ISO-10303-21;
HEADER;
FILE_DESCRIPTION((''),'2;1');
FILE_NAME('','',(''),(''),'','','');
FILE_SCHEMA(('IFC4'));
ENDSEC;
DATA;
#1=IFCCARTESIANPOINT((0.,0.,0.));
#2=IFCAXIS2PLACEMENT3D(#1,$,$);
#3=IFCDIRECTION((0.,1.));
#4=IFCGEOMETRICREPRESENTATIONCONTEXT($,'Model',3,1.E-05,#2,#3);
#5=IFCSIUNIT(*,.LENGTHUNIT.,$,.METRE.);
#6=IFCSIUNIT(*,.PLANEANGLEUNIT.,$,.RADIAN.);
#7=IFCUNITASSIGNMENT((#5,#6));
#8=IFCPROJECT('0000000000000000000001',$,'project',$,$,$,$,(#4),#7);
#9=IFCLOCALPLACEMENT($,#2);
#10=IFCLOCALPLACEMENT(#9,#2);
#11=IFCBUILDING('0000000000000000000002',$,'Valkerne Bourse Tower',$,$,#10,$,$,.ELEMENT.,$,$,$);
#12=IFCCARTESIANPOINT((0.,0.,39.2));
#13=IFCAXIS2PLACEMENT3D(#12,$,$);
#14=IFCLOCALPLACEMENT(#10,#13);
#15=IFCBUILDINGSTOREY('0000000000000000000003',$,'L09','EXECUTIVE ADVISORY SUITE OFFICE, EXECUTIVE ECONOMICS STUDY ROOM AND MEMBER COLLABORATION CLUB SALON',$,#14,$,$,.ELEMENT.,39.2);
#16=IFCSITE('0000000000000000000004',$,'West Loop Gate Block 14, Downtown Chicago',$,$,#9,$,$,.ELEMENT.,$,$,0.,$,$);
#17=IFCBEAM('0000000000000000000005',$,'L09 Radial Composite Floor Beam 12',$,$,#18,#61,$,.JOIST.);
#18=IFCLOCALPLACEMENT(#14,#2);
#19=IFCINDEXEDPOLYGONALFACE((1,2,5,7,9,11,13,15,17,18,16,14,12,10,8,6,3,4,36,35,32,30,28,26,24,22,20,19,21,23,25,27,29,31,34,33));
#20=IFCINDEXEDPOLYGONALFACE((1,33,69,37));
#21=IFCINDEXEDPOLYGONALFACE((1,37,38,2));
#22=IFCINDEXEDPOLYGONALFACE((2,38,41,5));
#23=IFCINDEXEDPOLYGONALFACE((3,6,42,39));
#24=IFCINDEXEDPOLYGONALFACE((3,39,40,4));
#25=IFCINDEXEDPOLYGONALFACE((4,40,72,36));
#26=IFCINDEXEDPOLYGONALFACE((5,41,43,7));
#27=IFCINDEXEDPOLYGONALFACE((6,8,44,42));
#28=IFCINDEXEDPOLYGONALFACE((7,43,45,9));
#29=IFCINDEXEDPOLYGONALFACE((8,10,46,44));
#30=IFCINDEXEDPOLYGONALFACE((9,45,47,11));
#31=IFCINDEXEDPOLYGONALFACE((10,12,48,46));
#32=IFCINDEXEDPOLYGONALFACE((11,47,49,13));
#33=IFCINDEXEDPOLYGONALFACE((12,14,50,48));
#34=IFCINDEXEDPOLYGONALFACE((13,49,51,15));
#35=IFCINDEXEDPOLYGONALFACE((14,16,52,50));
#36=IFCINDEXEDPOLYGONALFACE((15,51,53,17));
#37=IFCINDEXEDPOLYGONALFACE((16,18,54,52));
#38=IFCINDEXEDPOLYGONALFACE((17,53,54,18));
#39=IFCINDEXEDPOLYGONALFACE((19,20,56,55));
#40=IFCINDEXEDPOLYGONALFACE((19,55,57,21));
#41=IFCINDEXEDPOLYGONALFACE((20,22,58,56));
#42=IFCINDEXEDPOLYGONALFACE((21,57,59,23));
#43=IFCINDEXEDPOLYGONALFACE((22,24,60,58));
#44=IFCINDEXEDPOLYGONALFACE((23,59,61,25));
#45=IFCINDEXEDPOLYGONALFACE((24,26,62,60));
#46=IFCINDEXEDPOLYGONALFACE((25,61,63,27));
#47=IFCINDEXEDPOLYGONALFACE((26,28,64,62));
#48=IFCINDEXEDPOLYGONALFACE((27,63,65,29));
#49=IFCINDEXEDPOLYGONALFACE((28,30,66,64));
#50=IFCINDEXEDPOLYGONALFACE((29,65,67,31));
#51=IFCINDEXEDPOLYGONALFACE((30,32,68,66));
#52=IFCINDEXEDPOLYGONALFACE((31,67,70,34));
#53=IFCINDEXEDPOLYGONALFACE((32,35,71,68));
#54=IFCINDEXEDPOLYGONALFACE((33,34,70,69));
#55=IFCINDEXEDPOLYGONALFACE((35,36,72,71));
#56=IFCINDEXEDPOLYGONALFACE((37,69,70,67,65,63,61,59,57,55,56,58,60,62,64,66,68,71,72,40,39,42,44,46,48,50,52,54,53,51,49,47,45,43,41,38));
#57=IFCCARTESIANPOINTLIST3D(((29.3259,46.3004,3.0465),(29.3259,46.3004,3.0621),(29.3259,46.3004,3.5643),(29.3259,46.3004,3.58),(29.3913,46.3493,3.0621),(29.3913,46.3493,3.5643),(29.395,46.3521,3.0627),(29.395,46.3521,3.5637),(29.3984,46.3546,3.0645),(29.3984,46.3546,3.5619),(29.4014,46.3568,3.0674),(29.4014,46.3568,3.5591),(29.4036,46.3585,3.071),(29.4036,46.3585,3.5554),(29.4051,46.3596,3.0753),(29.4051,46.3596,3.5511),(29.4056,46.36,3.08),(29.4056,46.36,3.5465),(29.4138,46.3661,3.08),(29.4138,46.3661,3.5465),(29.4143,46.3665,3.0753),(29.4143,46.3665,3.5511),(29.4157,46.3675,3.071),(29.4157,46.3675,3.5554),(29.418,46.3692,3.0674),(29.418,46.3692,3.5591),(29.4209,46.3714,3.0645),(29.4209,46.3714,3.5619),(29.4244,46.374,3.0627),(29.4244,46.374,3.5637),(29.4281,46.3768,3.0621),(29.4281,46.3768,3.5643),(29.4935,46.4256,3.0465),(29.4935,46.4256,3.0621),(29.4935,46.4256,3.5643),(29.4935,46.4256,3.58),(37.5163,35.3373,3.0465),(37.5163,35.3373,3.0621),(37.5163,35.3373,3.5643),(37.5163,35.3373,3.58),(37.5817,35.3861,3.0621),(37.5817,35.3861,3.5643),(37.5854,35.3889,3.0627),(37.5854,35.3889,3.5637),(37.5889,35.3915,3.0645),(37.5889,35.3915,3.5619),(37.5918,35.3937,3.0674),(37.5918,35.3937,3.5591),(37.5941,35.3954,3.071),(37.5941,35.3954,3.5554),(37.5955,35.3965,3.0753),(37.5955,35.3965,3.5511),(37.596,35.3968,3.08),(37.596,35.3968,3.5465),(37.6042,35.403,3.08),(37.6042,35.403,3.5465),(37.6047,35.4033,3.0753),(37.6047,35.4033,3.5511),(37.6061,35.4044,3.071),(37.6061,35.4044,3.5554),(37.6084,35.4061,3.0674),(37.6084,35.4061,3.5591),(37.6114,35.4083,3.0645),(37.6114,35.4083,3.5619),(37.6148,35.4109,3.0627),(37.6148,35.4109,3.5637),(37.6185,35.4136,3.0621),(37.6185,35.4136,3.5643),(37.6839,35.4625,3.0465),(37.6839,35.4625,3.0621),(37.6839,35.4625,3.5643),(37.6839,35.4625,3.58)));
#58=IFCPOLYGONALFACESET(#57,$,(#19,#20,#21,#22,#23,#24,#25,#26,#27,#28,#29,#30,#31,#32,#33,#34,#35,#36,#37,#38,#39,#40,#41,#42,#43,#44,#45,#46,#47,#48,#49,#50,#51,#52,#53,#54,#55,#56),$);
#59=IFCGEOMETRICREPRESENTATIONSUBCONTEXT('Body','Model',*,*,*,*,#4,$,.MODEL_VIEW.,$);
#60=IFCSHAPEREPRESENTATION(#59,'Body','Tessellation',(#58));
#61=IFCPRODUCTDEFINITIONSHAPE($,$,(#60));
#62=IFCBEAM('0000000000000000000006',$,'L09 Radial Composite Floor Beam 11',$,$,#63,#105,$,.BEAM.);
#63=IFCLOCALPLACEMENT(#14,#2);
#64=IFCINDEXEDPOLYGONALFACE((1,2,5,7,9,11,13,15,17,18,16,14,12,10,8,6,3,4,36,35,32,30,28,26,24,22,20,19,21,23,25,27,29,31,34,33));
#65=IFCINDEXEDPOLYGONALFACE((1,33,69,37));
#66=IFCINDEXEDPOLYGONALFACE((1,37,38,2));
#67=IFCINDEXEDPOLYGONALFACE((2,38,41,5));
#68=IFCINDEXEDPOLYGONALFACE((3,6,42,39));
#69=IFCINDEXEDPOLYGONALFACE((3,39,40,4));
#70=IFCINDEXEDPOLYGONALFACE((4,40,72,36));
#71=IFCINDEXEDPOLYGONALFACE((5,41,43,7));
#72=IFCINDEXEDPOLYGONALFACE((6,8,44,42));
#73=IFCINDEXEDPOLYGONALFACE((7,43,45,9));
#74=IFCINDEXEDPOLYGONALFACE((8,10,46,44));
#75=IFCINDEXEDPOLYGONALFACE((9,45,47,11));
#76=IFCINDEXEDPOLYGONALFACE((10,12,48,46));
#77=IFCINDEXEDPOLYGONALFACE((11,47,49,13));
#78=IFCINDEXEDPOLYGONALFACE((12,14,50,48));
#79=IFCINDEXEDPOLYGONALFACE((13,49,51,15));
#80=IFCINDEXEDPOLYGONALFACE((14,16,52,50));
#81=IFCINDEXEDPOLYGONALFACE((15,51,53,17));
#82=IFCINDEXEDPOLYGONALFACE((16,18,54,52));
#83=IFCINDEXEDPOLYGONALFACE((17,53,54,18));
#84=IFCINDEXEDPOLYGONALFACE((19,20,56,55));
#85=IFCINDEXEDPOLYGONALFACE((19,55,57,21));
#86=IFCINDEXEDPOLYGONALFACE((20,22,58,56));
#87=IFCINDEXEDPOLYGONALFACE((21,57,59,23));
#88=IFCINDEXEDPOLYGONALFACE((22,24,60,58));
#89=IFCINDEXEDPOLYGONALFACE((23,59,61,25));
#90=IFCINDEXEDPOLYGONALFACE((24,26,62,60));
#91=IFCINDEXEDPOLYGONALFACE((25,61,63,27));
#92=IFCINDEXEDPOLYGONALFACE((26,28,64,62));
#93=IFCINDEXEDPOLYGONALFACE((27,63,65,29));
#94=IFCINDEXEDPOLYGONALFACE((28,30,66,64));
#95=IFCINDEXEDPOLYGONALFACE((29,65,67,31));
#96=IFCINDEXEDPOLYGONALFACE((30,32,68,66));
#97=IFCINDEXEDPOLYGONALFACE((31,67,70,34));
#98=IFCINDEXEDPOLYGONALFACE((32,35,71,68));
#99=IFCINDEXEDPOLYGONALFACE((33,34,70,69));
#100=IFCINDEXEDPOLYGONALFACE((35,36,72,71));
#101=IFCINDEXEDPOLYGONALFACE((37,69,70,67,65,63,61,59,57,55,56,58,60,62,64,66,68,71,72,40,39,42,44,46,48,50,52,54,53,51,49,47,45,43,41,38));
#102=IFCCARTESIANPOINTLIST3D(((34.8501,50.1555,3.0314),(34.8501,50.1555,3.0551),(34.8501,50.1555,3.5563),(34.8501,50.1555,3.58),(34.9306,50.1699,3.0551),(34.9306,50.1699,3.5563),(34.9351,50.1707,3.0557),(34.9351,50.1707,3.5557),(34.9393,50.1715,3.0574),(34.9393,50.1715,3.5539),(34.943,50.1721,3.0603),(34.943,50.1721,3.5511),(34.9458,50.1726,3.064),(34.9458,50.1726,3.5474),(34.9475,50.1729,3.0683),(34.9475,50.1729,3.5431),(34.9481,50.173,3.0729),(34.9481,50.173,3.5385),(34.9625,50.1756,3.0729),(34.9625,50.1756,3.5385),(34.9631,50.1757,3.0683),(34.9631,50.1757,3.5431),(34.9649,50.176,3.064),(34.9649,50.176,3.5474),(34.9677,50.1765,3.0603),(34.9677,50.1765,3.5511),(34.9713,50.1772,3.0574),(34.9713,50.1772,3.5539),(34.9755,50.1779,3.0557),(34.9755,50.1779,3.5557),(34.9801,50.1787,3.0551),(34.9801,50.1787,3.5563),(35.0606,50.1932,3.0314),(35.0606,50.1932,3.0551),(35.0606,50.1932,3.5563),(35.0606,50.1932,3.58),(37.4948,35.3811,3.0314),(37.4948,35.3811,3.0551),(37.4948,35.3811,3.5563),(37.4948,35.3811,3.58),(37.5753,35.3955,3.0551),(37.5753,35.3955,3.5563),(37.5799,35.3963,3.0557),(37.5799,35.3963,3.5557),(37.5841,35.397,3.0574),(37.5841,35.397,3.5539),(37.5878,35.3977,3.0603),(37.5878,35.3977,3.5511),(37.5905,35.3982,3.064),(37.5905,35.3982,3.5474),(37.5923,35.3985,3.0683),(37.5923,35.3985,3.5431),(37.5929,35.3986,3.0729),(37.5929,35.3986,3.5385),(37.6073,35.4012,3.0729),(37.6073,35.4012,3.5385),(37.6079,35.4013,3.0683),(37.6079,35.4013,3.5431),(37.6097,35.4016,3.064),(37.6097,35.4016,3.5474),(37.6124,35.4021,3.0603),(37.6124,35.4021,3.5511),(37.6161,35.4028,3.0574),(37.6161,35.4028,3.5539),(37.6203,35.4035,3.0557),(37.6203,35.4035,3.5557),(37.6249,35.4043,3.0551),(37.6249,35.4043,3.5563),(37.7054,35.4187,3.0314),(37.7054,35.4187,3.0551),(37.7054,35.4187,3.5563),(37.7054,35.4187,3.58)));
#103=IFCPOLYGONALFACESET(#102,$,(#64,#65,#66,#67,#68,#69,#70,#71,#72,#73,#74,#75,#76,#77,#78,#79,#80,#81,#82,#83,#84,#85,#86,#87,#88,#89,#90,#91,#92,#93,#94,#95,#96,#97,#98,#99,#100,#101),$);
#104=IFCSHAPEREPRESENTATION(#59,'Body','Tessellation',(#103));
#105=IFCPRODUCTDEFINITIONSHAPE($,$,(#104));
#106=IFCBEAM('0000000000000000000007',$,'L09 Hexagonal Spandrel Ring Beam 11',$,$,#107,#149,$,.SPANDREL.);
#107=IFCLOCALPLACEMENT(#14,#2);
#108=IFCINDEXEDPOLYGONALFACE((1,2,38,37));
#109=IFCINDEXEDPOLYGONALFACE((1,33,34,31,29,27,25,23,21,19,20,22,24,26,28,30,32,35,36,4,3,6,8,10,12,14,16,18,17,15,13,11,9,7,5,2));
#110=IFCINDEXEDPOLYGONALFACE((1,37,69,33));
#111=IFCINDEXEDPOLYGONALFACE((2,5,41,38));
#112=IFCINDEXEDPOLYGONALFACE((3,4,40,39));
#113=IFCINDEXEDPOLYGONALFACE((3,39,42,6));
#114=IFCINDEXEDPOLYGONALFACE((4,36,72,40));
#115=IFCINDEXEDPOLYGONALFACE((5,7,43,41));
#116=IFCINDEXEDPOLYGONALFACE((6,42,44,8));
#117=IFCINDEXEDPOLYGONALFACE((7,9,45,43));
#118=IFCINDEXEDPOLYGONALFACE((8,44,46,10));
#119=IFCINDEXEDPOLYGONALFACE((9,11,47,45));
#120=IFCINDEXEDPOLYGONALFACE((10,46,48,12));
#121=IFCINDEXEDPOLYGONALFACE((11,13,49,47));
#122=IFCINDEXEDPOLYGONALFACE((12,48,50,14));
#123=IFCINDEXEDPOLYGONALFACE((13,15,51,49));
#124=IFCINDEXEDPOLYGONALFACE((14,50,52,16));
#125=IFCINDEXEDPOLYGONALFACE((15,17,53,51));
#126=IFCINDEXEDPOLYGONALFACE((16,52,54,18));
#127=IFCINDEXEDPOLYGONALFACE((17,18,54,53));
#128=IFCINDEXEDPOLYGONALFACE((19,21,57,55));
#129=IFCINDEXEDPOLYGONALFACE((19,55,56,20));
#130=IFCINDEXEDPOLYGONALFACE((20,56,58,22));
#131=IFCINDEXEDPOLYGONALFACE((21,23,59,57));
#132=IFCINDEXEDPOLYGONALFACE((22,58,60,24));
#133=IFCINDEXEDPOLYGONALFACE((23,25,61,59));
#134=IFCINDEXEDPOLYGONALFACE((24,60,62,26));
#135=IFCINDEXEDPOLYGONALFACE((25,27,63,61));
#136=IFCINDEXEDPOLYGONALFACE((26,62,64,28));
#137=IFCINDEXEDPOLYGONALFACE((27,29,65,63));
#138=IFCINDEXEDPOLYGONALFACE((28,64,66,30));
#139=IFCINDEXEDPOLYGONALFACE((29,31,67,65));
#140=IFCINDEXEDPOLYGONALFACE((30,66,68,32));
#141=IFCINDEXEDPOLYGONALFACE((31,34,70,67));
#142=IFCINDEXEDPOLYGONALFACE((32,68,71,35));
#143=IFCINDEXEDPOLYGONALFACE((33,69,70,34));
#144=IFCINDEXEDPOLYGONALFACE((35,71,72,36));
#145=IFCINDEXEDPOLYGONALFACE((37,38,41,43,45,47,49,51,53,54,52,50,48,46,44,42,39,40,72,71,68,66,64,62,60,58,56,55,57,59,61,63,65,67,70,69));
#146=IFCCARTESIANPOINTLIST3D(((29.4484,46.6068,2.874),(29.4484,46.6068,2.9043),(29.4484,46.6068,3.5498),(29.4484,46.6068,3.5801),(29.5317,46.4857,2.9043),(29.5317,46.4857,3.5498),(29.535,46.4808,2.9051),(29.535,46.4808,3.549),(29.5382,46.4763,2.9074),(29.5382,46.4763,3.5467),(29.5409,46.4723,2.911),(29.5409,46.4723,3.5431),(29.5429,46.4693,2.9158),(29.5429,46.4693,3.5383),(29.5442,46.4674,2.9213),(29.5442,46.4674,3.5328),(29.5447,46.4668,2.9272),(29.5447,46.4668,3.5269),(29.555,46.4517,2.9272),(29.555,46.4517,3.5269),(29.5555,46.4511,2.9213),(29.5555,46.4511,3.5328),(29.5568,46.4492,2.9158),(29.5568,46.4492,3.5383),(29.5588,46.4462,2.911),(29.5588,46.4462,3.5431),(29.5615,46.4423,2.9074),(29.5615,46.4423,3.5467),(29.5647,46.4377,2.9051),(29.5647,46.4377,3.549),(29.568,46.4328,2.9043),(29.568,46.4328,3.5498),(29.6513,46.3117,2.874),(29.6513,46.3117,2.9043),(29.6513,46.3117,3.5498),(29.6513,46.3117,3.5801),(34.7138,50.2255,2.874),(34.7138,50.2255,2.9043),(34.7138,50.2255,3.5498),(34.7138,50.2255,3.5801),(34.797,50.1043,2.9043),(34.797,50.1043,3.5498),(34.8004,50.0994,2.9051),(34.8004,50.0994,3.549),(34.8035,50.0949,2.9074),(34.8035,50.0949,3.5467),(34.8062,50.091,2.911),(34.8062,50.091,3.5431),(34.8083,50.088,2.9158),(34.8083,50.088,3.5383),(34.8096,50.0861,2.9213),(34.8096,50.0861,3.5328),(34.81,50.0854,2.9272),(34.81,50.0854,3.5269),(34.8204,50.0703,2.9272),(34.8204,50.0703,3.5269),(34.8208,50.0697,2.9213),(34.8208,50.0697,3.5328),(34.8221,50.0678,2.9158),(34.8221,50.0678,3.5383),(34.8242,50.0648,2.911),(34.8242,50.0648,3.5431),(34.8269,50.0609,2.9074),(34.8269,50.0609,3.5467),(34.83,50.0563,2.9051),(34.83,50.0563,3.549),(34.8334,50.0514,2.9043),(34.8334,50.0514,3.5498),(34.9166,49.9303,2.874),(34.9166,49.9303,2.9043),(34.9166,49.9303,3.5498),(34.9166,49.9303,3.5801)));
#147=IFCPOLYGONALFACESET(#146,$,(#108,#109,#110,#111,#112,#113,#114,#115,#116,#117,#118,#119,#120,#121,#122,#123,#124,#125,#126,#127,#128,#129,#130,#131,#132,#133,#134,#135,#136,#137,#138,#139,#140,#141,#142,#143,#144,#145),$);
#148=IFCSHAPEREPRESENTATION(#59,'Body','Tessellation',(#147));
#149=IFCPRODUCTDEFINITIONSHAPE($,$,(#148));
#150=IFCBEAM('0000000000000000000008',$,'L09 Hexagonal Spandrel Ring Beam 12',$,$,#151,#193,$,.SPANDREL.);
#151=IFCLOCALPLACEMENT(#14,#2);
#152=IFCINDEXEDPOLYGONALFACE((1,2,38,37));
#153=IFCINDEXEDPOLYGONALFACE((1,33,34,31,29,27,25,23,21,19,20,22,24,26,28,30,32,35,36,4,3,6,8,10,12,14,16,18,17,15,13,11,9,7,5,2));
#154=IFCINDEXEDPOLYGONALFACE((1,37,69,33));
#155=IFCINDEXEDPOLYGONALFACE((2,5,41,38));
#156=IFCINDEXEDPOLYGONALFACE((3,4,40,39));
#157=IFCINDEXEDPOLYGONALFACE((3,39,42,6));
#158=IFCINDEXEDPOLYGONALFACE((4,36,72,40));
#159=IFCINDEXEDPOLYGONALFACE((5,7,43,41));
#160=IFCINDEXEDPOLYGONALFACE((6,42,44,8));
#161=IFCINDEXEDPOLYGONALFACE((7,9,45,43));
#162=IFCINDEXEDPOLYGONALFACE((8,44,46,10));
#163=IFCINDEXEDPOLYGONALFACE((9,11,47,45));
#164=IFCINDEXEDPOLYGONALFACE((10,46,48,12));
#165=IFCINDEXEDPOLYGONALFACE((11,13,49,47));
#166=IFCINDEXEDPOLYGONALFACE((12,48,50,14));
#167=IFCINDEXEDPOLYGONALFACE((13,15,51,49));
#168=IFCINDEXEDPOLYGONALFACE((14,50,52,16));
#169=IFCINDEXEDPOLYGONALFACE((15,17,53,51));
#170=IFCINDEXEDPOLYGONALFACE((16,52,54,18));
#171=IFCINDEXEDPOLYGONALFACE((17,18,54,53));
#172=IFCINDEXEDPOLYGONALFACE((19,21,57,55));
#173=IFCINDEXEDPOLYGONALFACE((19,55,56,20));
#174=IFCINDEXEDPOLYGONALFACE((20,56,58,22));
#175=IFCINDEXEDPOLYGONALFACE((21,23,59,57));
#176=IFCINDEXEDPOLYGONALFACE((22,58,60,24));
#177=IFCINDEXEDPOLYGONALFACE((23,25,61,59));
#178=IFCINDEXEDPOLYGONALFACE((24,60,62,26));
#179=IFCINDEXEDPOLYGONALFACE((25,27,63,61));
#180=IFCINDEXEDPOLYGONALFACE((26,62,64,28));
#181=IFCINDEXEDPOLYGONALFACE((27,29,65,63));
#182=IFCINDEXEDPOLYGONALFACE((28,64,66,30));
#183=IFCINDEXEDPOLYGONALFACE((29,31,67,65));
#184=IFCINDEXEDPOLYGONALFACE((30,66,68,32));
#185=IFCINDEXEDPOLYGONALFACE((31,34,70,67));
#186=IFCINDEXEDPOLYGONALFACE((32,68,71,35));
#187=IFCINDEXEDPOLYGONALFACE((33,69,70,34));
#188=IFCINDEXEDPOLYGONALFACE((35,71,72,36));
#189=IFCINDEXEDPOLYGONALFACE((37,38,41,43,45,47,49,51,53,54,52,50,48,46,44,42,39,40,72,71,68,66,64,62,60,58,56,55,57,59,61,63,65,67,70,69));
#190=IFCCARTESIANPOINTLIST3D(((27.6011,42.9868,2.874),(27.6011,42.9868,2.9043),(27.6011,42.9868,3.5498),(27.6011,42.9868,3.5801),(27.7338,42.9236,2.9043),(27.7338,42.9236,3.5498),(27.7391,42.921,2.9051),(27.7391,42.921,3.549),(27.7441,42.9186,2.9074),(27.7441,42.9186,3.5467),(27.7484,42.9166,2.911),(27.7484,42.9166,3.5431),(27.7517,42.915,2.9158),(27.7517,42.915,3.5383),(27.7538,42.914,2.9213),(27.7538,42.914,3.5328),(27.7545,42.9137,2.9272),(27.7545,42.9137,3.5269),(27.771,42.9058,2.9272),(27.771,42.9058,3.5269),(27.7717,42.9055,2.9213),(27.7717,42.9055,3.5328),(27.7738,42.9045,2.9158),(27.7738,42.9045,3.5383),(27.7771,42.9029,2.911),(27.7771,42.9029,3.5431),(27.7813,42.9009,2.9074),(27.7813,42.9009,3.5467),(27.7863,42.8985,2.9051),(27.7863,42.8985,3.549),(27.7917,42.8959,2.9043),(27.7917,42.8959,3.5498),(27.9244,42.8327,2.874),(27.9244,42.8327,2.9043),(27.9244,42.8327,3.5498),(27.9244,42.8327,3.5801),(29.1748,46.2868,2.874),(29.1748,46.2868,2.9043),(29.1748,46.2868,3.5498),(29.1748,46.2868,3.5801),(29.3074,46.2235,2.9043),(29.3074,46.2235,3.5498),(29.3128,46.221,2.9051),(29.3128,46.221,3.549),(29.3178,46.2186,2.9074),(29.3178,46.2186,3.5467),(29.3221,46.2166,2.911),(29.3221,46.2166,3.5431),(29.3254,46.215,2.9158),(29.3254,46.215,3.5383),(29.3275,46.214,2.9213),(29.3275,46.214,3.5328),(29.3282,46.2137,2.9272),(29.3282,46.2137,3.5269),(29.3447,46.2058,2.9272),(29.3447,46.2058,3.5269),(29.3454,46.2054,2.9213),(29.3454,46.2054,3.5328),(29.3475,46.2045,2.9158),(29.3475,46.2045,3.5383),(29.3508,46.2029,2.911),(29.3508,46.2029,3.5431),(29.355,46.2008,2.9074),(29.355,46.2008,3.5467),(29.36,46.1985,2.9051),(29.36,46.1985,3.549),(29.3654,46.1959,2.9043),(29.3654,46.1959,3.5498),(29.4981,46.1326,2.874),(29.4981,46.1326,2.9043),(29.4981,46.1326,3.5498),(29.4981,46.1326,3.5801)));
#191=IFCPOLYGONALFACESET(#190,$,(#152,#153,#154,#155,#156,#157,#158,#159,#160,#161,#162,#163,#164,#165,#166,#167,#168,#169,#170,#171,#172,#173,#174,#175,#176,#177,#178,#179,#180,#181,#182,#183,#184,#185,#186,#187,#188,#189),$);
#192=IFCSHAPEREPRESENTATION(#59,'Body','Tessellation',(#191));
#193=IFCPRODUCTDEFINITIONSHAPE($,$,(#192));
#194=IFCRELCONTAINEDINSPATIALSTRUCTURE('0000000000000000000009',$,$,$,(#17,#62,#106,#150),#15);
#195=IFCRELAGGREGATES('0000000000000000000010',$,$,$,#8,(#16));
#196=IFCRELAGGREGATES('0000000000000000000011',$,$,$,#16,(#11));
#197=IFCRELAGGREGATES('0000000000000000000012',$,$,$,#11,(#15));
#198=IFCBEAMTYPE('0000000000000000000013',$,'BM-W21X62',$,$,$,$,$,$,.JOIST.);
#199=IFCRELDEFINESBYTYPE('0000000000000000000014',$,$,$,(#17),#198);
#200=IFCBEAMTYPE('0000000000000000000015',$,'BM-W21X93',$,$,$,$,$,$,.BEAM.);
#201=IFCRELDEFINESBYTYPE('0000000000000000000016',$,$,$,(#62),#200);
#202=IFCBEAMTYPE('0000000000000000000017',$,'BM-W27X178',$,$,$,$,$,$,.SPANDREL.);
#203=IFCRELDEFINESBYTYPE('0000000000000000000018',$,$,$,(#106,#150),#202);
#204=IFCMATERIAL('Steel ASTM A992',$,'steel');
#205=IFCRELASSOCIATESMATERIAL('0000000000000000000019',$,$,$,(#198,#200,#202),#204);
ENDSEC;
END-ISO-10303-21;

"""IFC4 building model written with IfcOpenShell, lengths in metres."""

from ifc_helpers import new_model, si_unit, direction, frame, origin, origin_2d, place, context, subcontext, project, spatial, i_section, extrude, material, material_profile, profile_set, type_object, element, save


model = new_model("IFC4")

# Units and contexts
model_context = context("Model", 3, precision=1e-05, world=origin(), true_north=direction((0.0, 1.0)))
body_context = subcontext(model_context, "Body", "Model", "MODEL_VIEW")
ifc_project = project(units=[si_unit("LENGTHUNIT", "METRE"), si_unit("PLANEANGLEUNIT", "RADIAN")], contexts=[model_context])

# Site, building, storey
site_placement = place(None, origin())
site = spatial("IfcSite", under=ifc_project, at=site_placement, Name="West Loop Gate Block 14, Downtown Chicago", CompositionType="ELEMENT", RefElevation=0.0)
building_placement = place(site_placement, origin())
building = spatial("IfcBuilding", under=site, at=building_placement, Name="Valkerne Bourse Tower", CompositionType="ELEMENT")
storey_placement = place(building_placement, frame((0.0, 0.0, 39.2)))
storey = spatial("IfcBuildingStorey", under=building, at=storey_placement, Name="L09", Description="EXECUTIVE ADVISORY SUITE OFFICE, EXECUTIVE ECONOMICS STUDY ROOM AND MEMBER COLLABORATION CLUB SALON", CompositionType="ELEMENT", Elevation=39.2)

# Beams
ifc_material_1 = material(Name="Steel ASTM A992", Category="steel")
ifc_material_profile_1 = material_profile(ifc_material_1, i_section(OverallWidth=0.2092, OverallDepth=0.5334, WebThickness=0.0103, FlangeThickness=0.0156, FilletRadius=0.0178, at=origin_2d()), Name="W21X62")
ifc_profile_set_1 = profile_set([ifc_material_profile_1], Name="Steel ASTM A992")
beam_type_1 = type_object("IfcBeamType", Name="BM-W21X62", PredefinedType="JOIST", material=ifc_profile_set_1)
beam_1_placement = place(storey_placement, frame((29.4097, 46.363, 3.3132), z_axis=(0.598506, -0.801118, 0.0), x_axis=(0.801118, 0.598506, 0.0)))
element("IfcBeam", 1, at=beam_1_placement, inside=storey, type_object=beam_type_1, Name="L09 Radial Composite Floor Beam 12", PredefinedType="JOIST", context=body_context, shape_type="SweptSolid", body=[
    extrude(i_section(OverallWidth=0.2092, OverallDepth=0.5334, WebThickness=0.0103, FlangeThickness=0.0156, FilletRadius=0.0178, at=origin_2d()), origin(), (0.0, 0.0, 1.0), 13.6848),
])
ifc_material_profile_2 = material_profile(ifc_material_1, i_section(OverallWidth=0.2139, OverallDepth=0.5486, WebThickness=0.0146, FlangeThickness=0.0237, FilletRadius=0.0178, at=origin_2d()), Name="W21X93")
ifc_profile_set_2 = profile_set([ifc_material_profile_2], Name="Steel ASTM A992")
beam_type_2 = type_object("IfcBeamType", Name="BM-W21X93", PredefinedType="BEAM", material=ifc_profile_set_2)
beam_2_placement = place(storey_placement, frame((34.9553, 50.1743, 3.3057), z_axis=(0.176209, -0.984353, 0.0), x_axis=(0.984353, 0.176209, 0.0)))
element("IfcBeam", 2, at=beam_2_placement, inside=storey, type_object=beam_type_2, Name="L09 Radial Composite Floor Beam 11", PredefinedType="BEAM", context=body_context, shape_type="SweptSolid", body=[
    extrude(i_section(OverallWidth=0.2139, OverallDepth=0.5486, WebThickness=0.0146, FlangeThickness=0.0237, FilletRadius=0.0178, at=origin_2d()), origin(), (0.0, 0.0, 1.0), 15.0093),
])
ifc_material_profile_3 = material_profile(ifc_material_1, i_section(OverallWidth=0.3582, OverallDepth=0.7061, WebThickness=0.0183, FlangeThickness=0.0303, FilletRadius=0.0229, at=origin_2d()), Name="W27X178")
ifc_profile_set_3 = profile_set([ifc_material_profile_3], Name="Steel ASTM A992")
beam_type_3 = type_object("IfcBeamType", Name="BM-W27X178", PredefinedType="SPANDREL", material=ifc_profile_set_3)
beam_3_placement = place(storey_placement, frame((34.8152, 50.0779, 3.2271), z_axis=(-0.824137, -0.566391, 0.0), x_axis=(0.566391, -0.824137, 0.0)))
element("IfcBeam", 3, at=beam_3_placement, inside=storey, type_object=beam_type_3, Name="L09 Hexagonal Spandrel Ring Beam 11", PredefinedType="SPANDREL", context=body_context, shape_type="SweptSolid", body=[
    extrude(i_section(OverallWidth=0.3582, OverallDepth=0.7061, WebThickness=0.0183, FlangeThickness=0.0303, FilletRadius=0.0229, at=origin_2d()), origin(), (0.0, 0.0, 1.0), 6.3889),
])
for number, where, z_axis, x_axis, name in (
    (4, (29.3364, 46.2097, 3.2271), (-0.430442, -0.902618, 0.0), (0.902618, -0.430442, 0.0), "L09 Hexagonal Spandrel Ring Beam 12"),
):
    element("IfcBeam", number, at=place(storey_placement, frame(where, z_axis=z_axis, x_axis=x_axis)), inside=storey, type_object=beam_type_3, Name=name, PredefinedType="SPANDREL", context=body_context, shape_type="SweptSolid", body=[
        extrude(i_section(OverallWidth=0.3582, OverallDepth=0.7061, WebThickness=0.0183, FlangeThickness=0.0303, FilletRadius=0.0229, at=origin_2d()), origin(), (0.0, 0.0, 1.0), 3.656),
    ])

save(model, "model.ifc")
